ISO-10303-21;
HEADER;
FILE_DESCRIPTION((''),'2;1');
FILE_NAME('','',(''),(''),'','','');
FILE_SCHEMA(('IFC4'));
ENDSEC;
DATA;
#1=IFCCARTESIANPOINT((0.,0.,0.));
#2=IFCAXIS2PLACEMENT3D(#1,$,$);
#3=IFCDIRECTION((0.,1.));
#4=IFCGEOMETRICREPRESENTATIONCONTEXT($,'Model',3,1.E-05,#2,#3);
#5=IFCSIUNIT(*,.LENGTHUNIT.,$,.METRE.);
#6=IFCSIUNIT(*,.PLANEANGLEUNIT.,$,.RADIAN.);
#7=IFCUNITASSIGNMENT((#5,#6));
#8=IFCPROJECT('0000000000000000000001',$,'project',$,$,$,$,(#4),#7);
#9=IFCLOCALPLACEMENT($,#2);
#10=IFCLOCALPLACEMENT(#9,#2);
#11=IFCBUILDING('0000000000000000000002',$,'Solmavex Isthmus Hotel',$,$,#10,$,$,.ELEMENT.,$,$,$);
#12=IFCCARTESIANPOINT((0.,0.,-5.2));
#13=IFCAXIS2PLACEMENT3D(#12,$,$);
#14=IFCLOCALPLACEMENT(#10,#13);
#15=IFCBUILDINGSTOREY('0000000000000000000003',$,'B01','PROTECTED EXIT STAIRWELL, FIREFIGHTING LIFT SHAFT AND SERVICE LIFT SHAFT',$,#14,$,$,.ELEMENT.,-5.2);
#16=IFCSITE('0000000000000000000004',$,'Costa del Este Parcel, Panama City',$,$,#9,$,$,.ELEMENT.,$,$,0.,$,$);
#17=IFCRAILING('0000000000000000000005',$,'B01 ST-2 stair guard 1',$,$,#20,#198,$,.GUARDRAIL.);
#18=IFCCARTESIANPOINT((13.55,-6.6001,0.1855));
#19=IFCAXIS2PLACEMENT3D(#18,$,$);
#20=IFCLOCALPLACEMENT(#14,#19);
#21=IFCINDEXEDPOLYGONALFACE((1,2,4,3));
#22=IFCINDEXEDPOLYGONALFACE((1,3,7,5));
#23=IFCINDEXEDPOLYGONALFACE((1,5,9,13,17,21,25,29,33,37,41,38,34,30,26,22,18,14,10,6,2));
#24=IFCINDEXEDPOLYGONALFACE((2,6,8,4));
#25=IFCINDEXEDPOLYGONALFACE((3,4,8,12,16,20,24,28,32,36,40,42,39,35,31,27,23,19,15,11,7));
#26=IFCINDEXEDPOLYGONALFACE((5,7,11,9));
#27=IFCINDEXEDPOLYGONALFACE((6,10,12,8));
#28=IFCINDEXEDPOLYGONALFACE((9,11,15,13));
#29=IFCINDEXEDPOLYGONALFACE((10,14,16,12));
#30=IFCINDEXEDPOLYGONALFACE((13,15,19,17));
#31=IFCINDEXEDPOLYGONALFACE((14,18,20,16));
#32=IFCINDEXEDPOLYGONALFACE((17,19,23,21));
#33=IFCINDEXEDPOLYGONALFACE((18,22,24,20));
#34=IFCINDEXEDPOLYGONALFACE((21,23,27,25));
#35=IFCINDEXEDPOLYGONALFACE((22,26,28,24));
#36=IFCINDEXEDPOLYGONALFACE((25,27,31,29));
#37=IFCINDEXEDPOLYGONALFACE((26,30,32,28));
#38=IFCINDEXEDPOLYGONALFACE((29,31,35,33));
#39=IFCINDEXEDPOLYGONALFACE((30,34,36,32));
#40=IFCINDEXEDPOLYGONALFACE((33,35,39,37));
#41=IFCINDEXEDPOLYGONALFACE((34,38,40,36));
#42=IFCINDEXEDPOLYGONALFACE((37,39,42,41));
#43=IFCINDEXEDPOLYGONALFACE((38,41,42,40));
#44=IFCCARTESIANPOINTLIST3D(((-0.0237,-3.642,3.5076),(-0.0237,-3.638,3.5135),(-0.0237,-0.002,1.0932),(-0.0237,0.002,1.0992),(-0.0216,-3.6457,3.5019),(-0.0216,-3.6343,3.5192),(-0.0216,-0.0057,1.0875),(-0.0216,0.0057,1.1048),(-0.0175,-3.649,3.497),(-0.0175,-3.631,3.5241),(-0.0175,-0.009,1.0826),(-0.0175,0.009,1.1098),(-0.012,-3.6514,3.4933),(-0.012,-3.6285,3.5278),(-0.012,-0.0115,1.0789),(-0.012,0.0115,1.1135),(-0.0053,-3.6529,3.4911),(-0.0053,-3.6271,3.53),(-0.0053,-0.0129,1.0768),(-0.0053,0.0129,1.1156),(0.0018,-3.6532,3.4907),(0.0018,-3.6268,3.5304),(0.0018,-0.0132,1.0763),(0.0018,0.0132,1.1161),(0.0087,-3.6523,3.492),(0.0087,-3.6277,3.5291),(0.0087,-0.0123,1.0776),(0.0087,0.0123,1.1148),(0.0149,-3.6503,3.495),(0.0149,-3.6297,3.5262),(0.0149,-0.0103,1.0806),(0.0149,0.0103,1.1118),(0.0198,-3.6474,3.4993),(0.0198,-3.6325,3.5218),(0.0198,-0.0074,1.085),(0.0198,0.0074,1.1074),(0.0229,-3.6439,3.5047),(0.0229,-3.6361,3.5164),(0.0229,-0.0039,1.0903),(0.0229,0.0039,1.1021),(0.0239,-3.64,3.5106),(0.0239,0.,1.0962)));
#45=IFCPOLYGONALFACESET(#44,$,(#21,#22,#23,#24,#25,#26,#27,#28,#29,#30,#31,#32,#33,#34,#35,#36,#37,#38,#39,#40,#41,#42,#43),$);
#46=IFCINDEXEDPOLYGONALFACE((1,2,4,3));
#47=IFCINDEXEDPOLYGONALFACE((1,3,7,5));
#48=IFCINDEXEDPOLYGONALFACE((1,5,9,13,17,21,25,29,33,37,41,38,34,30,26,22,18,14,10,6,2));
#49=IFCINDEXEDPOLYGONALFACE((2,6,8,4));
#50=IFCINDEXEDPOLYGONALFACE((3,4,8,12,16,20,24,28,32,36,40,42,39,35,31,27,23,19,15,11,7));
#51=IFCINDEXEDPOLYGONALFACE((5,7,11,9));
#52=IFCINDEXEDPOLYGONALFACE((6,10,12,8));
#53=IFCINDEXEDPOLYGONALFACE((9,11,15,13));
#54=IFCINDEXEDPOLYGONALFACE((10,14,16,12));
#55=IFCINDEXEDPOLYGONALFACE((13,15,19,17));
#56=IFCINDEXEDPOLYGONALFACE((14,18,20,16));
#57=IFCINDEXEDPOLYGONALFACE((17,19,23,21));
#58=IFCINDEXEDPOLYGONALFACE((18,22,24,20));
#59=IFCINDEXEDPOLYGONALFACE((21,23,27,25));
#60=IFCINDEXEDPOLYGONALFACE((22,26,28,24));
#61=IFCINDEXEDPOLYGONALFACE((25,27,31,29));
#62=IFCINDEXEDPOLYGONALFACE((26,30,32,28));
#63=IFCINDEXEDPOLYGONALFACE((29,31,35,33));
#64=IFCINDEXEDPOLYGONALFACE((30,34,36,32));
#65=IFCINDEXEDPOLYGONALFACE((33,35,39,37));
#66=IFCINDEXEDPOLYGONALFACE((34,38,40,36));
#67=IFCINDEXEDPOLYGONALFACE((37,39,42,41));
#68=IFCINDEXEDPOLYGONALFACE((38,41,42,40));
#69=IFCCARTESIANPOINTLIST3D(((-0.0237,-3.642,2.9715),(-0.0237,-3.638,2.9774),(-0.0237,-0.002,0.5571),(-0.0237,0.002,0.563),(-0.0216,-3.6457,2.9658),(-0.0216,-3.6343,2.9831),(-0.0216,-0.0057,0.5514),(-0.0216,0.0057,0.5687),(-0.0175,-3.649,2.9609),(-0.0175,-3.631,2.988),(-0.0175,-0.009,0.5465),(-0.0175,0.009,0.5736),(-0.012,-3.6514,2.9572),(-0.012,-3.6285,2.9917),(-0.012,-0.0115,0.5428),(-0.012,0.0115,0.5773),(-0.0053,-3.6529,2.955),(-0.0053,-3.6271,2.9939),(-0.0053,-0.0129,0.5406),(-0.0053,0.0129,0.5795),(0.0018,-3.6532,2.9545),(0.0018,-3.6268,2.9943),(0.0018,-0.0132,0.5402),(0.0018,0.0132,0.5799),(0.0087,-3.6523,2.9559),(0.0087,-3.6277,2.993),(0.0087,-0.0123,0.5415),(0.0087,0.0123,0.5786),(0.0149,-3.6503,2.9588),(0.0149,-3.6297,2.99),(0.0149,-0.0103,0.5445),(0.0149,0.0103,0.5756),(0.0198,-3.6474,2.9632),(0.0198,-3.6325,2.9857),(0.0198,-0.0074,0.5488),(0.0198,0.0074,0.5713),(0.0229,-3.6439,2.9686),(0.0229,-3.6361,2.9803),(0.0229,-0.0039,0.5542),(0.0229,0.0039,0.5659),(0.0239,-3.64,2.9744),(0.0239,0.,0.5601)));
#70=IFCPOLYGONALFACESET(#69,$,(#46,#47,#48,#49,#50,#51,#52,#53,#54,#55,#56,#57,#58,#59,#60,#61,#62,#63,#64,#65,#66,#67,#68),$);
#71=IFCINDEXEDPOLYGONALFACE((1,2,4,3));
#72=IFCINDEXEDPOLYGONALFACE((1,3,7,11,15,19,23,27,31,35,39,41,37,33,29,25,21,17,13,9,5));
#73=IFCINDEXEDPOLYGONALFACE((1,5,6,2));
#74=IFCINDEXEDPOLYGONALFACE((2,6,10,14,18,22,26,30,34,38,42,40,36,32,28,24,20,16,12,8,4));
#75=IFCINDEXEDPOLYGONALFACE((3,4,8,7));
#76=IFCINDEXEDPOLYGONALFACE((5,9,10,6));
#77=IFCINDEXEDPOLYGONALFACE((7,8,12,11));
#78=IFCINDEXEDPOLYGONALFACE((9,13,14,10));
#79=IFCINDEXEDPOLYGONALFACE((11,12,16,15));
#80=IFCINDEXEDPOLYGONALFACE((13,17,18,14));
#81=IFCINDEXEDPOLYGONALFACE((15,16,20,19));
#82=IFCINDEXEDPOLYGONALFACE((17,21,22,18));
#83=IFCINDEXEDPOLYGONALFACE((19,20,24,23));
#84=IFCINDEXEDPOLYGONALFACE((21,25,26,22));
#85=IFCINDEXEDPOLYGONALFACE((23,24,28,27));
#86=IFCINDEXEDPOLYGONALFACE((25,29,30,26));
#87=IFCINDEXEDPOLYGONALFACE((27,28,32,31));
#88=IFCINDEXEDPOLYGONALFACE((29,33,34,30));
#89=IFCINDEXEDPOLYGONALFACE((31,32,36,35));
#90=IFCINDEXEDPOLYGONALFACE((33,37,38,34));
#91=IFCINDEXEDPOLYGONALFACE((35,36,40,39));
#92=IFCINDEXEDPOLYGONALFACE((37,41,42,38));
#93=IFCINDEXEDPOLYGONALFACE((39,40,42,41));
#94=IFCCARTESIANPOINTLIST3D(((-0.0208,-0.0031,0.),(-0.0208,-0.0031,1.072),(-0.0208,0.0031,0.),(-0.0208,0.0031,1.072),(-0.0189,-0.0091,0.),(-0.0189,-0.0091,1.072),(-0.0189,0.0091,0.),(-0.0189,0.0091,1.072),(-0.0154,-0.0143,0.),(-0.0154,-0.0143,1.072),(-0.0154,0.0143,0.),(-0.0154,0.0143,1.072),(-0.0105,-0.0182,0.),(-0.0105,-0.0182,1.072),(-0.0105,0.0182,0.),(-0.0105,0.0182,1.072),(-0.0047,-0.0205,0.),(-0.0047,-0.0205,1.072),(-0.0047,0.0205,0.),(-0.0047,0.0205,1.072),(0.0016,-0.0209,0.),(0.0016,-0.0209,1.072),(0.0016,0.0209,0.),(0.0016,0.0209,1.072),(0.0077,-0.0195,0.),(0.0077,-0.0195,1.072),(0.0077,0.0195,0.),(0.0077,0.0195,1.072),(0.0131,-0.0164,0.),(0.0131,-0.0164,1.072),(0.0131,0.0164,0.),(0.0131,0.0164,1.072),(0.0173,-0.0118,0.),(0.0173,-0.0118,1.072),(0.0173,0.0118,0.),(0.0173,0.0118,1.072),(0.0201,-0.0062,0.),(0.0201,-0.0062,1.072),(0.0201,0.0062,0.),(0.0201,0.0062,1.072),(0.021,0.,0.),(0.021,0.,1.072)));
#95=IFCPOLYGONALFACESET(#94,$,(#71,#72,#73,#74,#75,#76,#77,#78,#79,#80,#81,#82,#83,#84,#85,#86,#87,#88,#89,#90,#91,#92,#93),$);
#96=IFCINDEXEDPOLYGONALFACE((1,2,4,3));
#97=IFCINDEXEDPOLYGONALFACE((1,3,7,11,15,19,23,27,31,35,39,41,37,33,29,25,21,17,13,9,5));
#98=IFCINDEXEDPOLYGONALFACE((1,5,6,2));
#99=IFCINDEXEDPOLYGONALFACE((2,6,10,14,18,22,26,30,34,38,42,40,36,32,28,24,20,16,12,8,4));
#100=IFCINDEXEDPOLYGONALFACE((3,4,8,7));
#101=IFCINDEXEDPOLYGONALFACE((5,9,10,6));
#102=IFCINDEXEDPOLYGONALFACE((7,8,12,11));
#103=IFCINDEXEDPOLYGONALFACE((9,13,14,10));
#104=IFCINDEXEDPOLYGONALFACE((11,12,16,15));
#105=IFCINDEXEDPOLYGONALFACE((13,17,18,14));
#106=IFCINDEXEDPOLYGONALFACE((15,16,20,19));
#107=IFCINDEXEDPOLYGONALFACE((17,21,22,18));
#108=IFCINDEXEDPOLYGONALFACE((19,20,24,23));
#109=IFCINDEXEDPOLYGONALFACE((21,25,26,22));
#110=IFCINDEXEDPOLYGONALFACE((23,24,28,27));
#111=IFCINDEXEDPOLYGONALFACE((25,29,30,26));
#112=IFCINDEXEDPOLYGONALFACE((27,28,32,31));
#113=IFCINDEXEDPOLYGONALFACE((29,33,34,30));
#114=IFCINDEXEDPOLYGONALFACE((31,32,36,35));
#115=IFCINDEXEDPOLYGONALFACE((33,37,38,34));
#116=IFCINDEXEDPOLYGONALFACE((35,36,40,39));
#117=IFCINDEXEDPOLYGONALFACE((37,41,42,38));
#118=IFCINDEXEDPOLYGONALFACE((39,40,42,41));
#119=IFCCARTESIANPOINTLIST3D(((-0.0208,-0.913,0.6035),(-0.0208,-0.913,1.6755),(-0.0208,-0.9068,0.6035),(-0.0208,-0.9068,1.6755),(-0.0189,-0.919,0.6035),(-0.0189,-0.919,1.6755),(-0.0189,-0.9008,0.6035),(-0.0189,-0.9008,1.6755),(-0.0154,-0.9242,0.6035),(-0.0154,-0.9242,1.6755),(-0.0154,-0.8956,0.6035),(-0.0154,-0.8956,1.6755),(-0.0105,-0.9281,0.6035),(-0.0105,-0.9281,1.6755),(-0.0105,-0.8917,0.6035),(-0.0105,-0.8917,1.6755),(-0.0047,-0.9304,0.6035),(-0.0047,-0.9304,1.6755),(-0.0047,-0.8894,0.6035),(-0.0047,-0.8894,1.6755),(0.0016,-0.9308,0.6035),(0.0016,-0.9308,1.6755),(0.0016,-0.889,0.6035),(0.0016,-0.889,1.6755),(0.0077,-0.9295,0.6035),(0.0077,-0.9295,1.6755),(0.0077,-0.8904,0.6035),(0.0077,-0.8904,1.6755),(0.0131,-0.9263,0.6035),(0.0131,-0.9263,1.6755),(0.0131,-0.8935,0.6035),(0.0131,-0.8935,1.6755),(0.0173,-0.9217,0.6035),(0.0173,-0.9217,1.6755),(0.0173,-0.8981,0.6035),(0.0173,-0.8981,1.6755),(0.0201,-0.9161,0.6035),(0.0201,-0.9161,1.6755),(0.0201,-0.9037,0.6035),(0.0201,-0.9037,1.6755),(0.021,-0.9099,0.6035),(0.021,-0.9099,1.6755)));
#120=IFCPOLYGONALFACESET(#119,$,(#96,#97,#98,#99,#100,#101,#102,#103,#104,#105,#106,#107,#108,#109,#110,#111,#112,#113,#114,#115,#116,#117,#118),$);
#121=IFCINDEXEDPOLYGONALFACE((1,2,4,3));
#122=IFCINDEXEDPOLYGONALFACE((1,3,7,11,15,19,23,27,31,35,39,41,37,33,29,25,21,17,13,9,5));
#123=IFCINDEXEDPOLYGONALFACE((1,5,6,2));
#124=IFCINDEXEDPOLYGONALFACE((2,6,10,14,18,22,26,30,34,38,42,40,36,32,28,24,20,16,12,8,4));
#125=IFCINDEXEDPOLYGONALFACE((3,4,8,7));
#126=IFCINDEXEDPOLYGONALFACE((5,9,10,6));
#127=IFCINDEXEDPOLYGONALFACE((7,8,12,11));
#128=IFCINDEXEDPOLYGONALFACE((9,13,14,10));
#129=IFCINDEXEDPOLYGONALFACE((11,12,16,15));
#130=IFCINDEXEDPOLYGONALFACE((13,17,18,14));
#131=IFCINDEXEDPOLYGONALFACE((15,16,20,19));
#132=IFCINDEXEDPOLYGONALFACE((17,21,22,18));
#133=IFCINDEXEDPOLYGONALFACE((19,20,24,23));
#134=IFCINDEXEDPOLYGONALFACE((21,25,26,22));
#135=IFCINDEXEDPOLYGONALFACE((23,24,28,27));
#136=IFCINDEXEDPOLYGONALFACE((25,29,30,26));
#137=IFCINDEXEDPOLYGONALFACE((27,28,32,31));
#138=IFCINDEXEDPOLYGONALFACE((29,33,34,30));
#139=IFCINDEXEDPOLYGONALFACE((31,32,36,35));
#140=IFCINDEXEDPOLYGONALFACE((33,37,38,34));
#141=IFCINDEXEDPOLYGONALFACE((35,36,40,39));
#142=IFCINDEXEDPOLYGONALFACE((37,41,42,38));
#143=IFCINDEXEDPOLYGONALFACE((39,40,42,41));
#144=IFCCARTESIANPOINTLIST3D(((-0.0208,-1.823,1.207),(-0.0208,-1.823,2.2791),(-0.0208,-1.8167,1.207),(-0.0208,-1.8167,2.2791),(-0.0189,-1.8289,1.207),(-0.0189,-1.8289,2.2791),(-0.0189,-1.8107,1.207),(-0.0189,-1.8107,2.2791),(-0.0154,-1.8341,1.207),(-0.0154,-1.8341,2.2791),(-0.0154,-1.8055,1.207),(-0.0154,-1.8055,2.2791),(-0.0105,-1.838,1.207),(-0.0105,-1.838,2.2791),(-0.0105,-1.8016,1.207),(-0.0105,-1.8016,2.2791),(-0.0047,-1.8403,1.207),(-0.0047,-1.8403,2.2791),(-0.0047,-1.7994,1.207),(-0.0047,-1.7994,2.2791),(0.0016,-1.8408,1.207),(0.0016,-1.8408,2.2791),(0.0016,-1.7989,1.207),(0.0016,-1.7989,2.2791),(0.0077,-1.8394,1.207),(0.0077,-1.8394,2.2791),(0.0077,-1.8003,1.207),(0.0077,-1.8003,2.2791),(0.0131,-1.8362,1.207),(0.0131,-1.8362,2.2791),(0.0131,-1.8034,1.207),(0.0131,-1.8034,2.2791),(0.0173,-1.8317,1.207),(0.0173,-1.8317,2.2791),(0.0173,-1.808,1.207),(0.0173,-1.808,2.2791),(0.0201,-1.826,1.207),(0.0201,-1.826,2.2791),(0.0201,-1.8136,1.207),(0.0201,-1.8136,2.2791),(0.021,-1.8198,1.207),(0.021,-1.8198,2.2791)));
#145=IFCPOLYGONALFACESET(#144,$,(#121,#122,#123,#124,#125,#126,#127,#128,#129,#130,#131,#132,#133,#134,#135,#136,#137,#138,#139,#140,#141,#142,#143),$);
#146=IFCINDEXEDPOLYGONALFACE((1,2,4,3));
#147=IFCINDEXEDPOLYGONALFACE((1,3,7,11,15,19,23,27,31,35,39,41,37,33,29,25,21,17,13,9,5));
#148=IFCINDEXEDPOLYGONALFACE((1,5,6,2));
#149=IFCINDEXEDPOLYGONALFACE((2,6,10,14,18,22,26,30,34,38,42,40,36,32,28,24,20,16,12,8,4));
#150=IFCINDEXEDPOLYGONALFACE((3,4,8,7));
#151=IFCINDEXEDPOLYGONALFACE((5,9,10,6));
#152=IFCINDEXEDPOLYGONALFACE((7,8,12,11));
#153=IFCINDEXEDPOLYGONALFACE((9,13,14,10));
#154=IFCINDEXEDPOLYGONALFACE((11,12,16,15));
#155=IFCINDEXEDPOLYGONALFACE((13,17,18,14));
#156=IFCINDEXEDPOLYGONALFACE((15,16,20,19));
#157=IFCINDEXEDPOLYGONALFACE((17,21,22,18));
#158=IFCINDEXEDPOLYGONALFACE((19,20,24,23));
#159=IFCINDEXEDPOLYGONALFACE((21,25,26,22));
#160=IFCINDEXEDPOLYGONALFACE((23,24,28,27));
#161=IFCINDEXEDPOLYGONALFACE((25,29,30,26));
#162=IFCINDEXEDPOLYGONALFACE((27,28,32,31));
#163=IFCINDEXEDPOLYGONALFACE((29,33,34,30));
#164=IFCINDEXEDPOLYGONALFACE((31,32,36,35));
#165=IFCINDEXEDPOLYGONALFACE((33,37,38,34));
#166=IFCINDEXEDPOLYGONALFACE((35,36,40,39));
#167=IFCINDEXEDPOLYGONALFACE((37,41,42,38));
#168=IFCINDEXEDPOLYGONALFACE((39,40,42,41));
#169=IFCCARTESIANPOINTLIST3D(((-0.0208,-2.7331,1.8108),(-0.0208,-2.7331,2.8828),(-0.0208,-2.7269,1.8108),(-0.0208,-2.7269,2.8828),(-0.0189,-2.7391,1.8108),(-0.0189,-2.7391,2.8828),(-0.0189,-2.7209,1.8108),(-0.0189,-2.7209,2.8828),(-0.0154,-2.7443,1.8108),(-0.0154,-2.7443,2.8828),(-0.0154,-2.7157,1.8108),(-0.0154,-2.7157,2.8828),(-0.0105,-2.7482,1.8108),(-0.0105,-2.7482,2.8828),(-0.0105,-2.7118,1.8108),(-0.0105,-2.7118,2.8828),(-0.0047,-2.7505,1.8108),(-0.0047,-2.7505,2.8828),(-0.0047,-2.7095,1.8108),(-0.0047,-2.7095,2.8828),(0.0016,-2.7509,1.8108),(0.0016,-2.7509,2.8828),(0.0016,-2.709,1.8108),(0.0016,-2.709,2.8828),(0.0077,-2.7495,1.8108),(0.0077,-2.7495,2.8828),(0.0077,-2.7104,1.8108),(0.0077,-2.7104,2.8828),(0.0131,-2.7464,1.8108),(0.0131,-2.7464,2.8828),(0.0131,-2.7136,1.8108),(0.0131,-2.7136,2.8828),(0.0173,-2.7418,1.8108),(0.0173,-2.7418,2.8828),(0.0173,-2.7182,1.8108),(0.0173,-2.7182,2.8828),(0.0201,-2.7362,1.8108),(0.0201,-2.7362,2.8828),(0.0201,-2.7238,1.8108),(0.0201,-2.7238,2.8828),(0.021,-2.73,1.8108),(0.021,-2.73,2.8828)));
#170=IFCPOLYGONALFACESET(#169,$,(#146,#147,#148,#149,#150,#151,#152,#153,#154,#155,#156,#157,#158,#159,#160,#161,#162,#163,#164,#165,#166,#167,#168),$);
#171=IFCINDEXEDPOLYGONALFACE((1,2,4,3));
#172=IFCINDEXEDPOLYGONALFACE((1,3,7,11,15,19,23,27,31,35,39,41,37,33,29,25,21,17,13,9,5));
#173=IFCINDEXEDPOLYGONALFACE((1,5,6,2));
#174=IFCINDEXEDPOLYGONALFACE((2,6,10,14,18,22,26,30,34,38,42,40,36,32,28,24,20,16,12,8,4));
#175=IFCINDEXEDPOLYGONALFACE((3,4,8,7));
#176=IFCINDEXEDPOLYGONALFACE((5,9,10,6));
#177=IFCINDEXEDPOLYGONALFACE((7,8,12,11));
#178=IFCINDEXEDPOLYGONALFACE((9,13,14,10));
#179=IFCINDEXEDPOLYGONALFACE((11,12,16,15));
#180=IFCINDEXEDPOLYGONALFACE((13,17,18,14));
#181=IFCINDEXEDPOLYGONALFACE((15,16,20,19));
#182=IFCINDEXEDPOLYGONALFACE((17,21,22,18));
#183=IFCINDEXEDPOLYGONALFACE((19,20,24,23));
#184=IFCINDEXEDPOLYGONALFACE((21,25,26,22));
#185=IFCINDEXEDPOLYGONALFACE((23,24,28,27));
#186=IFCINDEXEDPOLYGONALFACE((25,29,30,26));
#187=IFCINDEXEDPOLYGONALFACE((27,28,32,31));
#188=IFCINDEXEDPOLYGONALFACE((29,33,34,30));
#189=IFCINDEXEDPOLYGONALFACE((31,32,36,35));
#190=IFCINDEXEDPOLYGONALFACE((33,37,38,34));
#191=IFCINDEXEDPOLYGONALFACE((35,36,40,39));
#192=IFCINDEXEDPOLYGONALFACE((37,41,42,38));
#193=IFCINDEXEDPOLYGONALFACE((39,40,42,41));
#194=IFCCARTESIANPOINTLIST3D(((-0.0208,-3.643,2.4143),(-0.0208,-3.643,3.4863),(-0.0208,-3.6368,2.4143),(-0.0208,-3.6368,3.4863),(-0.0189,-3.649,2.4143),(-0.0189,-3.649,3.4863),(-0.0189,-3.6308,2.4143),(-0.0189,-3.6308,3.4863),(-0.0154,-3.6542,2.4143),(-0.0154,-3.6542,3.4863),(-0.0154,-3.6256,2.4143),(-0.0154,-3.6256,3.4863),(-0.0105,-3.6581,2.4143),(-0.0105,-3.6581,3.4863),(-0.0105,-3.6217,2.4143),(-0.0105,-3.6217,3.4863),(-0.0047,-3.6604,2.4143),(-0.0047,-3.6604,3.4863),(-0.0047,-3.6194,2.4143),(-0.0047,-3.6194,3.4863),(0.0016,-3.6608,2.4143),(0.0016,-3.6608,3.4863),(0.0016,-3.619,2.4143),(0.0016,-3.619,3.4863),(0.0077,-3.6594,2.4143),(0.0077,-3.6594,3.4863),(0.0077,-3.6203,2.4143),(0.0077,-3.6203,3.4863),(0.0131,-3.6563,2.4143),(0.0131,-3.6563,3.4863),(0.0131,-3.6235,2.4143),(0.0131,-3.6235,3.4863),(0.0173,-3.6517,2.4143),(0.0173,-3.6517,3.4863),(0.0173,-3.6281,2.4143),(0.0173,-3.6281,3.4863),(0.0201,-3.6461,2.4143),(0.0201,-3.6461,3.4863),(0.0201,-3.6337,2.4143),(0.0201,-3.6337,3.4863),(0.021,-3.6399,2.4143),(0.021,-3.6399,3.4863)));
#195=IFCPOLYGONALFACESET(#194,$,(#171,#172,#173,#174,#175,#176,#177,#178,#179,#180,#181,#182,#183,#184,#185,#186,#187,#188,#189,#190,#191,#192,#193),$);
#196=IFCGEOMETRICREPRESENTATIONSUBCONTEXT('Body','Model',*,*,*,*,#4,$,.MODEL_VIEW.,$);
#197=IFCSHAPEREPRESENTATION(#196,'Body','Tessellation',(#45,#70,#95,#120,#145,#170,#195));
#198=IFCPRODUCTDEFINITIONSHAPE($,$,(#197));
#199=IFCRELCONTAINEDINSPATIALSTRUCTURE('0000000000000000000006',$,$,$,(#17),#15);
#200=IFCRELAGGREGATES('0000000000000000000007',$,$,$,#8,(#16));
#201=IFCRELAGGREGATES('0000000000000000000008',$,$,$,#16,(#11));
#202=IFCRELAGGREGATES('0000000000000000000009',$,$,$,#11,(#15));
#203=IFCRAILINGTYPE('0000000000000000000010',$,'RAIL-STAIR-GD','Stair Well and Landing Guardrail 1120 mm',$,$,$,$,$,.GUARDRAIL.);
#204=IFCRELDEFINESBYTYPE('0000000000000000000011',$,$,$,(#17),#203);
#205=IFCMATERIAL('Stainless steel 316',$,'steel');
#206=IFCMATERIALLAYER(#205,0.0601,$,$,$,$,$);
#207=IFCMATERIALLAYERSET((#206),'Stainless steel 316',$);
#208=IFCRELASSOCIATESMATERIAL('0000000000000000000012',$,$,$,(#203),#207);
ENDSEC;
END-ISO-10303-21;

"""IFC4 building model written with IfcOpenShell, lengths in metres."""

from ifc_helpers import new_model, si_unit, direction, frame, origin, origin_2d, place, context, subcontext, project, spatial, circle, extrude, material, layer, layer_set, type_object, element, save


model = new_model("IFC4")

# Units and contexts
model_context = context("Model", 3, precision=1e-05, world=origin(), true_north=direction((0.0, 1.0)))
body_context = subcontext(model_context, "Body", "Model", "MODEL_VIEW")
ifc_project = project(units=[si_unit("LENGTHUNIT", "METRE"), si_unit("PLANEANGLEUNIT", "RADIAN")], contexts=[model_context])

# Site, building, storey
site_placement = place(None, origin())
site = spatial("IfcSite", under=ifc_project, at=site_placement, Name="Costa del Este Parcel, Panama City", CompositionType="ELEMENT", RefElevation=0.0)
building_placement = place(site_placement, origin())
building = spatial("IfcBuilding", under=site, at=building_placement, Name="Solmavex Isthmus Hotel", CompositionType="ELEMENT")
storey_placement = place(building_placement, frame((0.0, 0.0, -5.2)))
storey = spatial("IfcBuildingStorey", under=building, at=storey_placement, Name="B01", Description="PROTECTED EXIT STAIRWELL, FIREFIGHTING LIFT SHAFT AND SERVICE LIFT SHAFT", CompositionType="ELEMENT", Elevation=-5.2)

# Railing
ifc_material_1 = material(Name="Stainless steel 316", Category="steel")
ifc_layer_1 = layer(ifc_material_1, 0.0601)
ifc_layer_set_1 = layer_set([ifc_layer_1], Name="Stainless steel 316")
railing_type = type_object("IfcRailingType", Name="RAIL-STAIR-GD", Description="Stair Well and Landing Guardrail 1120 mm", PredefinedType="GUARDRAIL", material=ifc_layer_set_1)
railing_1_placement = place(storey_placement, frame((13.55, -6.6001, 0.1855)))
element("IfcRailing", 1, at=railing_1_placement, inside=storey, type_object=railing_type, Name="B01 ST-2 stair guard 1", PredefinedType="GUARDRAIL", context=body_context, shape_type="SweptSolid", body=[
    extrude(circle(Radius=0.0239, at=origin_2d()), frame((0.0, 0.0, 1.0962), z_axis=(0.0, -0.833347, 0.552751), x_axis=(1.0, 0.0, 0.0)), (0.0, 0.0, 1.0), 4.3679),
    extrude(circle(Radius=0.0239, at=origin_2d()), frame((0.0, 0.0, 0.5601), z_axis=(0.0, -0.833347, 0.552751), x_axis=(1.0, 0.0, 0.0)), (0.0, 0.0, 1.0), 4.3679),
    extrude(circle(Radius=0.021, at=origin_2d()), origin(), (0.0, 0.0, 1.0), 1.072),
    extrude(circle(Radius=0.021, at=origin_2d()), frame((0.0, -0.9099, 0.6035)), (0.0, 0.0, 1.0), 1.072),
    extrude(circle(Radius=0.021, at=origin_2d()), frame((0.0, -1.8198, 1.207)), (0.0, 0.0, 1.0), 1.072),
    extrude(circle(Radius=0.021, at=origin_2d()), frame((0.0, -2.73, 1.8108)), (0.0, 0.0, 1.0), 1.072),
    extrude(circle(Radius=0.021, at=origin_2d()), frame((0.0, -3.6399, 2.4143)), (0.0, 0.0, 1.0), 1.072),
])

save(model, "model.ifc")
